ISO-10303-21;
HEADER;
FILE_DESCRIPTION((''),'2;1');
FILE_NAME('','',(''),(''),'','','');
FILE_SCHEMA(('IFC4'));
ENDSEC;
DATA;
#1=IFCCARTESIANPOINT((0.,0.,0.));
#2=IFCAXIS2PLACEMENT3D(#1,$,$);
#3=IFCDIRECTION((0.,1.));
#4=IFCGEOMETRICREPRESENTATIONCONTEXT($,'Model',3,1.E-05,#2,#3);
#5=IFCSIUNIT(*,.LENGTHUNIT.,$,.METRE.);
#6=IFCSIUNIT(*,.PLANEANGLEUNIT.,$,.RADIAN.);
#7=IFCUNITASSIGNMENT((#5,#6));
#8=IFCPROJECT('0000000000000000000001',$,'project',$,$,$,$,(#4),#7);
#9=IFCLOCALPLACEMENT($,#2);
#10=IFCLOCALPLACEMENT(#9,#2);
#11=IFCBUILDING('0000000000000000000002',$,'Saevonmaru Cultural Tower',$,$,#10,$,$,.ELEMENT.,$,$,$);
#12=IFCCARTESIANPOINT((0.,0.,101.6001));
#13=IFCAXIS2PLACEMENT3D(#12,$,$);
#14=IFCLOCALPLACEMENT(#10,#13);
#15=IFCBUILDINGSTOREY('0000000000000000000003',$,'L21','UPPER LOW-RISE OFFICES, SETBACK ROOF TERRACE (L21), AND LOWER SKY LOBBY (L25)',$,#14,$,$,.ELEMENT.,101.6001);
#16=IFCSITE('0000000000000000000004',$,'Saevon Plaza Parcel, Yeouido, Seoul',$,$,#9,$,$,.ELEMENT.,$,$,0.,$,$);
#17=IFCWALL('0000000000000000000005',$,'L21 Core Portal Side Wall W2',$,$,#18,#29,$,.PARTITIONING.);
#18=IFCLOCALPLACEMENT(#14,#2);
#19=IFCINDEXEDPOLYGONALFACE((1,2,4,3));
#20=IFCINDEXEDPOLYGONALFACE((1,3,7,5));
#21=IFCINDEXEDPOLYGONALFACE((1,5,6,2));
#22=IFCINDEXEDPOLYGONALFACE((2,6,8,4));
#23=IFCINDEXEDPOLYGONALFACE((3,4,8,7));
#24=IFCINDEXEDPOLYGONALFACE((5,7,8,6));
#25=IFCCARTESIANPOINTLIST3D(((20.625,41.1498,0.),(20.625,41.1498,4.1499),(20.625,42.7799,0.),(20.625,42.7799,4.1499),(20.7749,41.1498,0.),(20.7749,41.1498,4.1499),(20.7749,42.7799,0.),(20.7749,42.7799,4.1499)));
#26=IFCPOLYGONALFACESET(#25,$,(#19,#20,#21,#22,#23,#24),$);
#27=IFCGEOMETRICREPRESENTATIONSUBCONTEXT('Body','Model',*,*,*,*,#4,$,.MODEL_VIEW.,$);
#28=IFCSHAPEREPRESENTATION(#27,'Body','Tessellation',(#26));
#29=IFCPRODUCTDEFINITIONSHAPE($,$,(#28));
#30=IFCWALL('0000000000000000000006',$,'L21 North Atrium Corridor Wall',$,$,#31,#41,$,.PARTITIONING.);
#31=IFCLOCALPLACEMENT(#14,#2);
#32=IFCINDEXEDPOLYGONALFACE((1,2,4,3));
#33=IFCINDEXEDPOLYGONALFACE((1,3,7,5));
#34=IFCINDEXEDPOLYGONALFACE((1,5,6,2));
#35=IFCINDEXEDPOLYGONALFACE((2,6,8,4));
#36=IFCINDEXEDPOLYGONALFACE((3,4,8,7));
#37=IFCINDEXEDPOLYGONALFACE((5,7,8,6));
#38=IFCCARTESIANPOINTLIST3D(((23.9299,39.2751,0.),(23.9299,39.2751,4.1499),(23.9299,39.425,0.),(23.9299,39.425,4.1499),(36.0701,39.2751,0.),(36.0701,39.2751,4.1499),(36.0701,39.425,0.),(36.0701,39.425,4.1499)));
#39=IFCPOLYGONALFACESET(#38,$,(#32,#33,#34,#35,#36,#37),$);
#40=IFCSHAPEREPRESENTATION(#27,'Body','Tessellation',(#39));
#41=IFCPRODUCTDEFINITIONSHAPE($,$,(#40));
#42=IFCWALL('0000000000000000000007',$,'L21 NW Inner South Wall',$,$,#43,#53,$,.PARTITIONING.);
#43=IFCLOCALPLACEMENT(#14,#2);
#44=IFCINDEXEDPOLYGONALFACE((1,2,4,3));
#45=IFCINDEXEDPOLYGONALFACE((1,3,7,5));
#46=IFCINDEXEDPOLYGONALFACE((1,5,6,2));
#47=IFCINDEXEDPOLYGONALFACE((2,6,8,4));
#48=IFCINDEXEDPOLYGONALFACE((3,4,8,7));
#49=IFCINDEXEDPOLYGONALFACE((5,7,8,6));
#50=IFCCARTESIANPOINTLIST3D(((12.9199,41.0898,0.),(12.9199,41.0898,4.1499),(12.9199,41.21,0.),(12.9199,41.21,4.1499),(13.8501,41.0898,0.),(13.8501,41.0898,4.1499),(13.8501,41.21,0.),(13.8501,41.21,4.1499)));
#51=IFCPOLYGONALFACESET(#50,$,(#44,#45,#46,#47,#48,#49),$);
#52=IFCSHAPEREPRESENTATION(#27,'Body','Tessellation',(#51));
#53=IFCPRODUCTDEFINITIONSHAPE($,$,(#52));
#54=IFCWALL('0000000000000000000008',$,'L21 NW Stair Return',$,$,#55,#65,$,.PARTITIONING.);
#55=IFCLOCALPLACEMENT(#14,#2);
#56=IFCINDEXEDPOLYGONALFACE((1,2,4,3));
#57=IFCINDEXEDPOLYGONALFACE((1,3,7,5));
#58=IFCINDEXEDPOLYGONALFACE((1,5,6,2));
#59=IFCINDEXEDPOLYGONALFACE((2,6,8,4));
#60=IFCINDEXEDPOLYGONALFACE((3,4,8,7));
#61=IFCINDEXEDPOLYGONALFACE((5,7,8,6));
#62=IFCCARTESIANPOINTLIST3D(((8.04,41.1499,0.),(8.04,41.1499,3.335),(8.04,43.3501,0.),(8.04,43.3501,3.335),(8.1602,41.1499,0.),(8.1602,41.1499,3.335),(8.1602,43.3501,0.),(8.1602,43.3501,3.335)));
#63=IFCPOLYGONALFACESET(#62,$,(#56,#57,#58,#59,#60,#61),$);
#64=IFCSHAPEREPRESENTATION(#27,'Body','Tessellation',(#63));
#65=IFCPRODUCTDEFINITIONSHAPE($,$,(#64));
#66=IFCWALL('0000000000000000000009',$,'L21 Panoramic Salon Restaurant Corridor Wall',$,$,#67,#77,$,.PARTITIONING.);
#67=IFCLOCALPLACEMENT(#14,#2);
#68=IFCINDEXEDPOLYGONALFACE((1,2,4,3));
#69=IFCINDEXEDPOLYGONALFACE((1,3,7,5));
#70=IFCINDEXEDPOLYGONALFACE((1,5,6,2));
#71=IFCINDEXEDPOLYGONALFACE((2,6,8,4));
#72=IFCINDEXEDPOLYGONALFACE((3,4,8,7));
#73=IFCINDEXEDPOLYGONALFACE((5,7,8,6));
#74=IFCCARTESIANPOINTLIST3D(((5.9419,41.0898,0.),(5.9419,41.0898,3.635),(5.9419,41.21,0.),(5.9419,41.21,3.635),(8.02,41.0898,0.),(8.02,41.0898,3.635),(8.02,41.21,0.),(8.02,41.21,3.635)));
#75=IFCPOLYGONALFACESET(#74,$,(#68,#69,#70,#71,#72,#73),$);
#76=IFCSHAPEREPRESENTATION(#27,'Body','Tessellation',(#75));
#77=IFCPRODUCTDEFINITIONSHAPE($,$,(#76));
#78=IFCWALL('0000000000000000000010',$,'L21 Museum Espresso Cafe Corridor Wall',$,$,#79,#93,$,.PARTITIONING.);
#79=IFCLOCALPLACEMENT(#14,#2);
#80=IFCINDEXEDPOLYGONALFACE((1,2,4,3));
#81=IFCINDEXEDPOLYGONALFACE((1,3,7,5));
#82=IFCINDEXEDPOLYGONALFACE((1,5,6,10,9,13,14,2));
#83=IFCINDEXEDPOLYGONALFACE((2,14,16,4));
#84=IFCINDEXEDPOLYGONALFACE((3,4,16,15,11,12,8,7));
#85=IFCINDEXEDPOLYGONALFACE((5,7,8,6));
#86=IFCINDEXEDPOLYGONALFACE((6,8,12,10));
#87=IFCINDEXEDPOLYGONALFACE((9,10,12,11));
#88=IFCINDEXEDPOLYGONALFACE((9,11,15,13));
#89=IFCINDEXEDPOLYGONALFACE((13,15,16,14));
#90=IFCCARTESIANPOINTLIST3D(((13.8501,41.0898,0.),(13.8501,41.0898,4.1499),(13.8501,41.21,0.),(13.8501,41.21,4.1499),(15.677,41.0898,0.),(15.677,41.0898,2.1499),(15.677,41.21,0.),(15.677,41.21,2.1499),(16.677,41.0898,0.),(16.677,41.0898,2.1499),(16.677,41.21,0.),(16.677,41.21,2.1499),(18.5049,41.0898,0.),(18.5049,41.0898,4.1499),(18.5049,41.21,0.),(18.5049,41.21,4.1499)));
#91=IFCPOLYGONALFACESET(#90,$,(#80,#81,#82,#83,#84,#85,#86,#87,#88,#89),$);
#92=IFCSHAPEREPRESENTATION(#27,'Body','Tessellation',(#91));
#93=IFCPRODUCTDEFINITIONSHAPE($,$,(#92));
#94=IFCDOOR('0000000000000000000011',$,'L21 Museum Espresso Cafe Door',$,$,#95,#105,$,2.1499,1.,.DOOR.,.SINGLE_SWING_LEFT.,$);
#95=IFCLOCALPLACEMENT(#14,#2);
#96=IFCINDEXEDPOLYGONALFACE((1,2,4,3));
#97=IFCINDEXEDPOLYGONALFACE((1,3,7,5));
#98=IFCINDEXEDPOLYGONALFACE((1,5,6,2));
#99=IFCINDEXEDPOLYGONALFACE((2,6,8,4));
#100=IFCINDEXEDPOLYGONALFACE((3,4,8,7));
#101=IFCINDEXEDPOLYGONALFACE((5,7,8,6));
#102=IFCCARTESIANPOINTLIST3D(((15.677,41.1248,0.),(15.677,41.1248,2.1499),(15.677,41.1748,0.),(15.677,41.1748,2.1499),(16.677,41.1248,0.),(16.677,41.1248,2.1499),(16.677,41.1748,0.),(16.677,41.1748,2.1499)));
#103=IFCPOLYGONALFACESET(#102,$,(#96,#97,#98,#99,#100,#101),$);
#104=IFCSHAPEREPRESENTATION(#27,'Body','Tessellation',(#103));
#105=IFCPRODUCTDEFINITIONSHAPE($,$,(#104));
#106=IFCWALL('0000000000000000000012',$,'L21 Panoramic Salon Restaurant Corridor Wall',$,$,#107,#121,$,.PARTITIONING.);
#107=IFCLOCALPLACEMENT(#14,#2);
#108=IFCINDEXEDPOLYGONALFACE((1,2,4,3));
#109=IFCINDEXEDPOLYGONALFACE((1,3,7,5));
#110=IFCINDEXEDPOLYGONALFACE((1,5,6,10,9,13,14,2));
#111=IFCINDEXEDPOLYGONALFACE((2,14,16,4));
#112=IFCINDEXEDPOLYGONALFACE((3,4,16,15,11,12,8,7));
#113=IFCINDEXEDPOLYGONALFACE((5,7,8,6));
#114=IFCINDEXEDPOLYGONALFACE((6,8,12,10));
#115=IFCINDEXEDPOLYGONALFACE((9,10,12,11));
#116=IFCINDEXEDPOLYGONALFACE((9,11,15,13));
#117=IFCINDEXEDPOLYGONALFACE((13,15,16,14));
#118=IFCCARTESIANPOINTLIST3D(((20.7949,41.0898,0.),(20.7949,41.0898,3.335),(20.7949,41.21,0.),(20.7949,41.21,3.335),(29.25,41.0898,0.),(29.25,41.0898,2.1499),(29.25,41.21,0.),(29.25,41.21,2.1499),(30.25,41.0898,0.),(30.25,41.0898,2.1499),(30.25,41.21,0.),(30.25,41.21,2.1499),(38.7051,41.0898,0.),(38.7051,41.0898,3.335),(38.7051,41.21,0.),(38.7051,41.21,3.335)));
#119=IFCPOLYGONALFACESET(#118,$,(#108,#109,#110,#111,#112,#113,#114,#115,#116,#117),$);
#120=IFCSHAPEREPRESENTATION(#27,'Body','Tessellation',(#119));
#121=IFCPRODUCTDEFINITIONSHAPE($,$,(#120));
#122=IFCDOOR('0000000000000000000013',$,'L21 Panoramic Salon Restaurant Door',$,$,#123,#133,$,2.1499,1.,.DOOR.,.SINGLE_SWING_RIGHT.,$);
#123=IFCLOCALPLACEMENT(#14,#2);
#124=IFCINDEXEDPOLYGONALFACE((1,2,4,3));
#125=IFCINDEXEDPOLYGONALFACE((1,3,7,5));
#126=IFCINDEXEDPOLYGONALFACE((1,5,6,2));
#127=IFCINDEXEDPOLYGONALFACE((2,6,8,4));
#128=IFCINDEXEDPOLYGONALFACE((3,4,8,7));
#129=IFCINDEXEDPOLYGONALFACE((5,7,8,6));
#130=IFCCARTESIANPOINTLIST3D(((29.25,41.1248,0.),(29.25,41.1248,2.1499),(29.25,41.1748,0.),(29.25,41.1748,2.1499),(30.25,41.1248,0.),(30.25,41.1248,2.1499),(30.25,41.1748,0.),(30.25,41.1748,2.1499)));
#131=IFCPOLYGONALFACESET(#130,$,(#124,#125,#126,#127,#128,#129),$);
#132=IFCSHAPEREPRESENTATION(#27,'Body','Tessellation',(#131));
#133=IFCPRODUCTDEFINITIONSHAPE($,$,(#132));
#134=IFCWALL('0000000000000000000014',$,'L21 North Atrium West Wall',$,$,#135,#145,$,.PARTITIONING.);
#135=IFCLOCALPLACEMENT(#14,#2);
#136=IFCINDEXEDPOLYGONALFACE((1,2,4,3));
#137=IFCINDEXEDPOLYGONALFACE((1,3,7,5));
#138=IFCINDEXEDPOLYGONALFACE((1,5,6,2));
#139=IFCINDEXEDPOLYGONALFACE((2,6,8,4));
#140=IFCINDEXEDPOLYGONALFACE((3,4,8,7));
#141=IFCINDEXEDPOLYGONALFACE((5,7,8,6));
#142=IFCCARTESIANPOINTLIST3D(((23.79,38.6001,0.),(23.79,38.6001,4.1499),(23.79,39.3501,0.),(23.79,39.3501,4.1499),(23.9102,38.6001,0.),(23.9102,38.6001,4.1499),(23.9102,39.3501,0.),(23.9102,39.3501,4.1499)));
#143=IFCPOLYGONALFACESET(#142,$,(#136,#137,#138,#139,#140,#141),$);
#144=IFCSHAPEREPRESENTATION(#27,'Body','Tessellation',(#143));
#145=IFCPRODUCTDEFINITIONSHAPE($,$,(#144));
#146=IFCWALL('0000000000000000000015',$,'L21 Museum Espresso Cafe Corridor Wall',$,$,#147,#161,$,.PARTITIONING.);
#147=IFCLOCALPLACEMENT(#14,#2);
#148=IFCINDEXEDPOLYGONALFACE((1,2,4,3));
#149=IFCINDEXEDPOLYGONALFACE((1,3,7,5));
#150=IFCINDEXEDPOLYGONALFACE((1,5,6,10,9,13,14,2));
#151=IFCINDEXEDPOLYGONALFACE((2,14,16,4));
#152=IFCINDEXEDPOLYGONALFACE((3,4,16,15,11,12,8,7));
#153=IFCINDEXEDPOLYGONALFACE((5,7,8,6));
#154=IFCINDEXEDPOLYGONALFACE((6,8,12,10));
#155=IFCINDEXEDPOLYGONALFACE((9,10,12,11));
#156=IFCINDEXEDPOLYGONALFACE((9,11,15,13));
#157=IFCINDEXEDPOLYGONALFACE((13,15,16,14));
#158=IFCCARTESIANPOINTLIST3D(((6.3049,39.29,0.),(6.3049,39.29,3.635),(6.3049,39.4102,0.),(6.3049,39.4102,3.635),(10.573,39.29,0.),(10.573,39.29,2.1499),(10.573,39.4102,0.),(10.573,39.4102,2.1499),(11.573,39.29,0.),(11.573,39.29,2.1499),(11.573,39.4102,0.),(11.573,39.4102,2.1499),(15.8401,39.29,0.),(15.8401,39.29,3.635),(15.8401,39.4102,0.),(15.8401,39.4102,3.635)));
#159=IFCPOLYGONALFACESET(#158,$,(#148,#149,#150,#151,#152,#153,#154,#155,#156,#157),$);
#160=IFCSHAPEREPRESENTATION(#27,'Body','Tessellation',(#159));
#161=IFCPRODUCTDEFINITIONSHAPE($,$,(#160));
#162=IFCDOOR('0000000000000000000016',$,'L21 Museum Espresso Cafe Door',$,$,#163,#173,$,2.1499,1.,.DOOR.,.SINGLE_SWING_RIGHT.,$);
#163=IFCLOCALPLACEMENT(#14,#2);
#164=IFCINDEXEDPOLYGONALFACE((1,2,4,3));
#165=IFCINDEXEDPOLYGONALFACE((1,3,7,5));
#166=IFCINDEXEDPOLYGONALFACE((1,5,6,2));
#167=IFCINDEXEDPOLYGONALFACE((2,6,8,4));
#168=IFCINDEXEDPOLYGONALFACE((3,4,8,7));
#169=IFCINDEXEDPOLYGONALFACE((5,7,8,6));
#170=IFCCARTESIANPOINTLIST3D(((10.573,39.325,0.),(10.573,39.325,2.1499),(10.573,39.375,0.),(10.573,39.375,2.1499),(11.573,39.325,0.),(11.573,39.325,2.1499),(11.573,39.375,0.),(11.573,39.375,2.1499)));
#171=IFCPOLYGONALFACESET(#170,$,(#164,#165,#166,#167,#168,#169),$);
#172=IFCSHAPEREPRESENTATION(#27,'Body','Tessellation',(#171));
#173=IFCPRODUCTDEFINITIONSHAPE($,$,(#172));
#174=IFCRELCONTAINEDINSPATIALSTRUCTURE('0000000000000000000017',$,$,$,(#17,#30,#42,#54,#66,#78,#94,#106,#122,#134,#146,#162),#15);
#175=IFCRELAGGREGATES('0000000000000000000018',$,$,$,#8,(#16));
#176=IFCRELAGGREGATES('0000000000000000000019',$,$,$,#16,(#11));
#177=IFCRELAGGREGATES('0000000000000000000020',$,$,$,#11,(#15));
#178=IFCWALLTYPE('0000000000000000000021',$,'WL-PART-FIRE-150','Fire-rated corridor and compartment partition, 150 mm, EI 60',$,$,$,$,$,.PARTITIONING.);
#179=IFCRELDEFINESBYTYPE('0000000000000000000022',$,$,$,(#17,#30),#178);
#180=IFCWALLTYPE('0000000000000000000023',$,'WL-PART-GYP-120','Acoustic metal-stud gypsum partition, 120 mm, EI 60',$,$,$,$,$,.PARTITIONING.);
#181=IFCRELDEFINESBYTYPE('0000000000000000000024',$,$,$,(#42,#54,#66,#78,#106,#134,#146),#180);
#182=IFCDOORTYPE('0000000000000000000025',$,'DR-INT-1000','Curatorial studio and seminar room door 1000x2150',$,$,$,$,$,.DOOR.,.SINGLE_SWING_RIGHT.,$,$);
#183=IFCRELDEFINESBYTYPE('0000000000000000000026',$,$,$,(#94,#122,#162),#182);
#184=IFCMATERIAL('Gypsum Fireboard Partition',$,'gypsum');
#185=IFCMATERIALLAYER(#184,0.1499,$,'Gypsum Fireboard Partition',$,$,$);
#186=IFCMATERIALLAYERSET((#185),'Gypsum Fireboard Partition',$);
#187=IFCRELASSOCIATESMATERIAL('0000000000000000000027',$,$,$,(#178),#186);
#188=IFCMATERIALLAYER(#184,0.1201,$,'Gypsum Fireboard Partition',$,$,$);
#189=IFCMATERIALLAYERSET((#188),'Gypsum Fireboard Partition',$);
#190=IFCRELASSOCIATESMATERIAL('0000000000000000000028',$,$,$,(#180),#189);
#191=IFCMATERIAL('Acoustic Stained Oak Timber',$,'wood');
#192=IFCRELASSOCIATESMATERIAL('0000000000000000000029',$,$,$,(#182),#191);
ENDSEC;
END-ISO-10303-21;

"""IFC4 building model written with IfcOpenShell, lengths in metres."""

from ifc_helpers import new_model, si_unit, direction, frame, frame_2d, origin, place, context, subcontext, project, spatial, rectangle, extrude, material, layer, layer_set, type_object, element, fill, save


model = new_model("IFC4")

# Units and contexts
model_context = context("Model", 3, precision=1e-05, world=origin(), true_north=direction((0.0, 1.0)))
body_context = subcontext(model_context, "Body", "Model", "MODEL_VIEW")
ifc_project = project(units=[si_unit("LENGTHUNIT", "METRE"), si_unit("PLANEANGLEUNIT", "RADIAN")], contexts=[model_context])

# Site, building, storey
site_placement = place(None, origin())
site = spatial("IfcSite", under=ifc_project, at=site_placement, Name="Saevon Plaza Parcel, Yeouido, Seoul", CompositionType="ELEMENT", RefElevation=0.0)
building_placement = place(site_placement, origin())
building = spatial("IfcBuilding", under=site, at=building_placement, Name="Saevonmaru Cultural Tower", CompositionType="ELEMENT")
storey_placement = place(building_placement, frame((0.0, 0.0, 101.6001)))
storey = spatial("IfcBuildingStorey", under=building, at=storey_placement, Name="L21", Description="UPPER LOW-RISE OFFICES, SETBACK ROOF TERRACE (L21), AND LOWER SKY LOBBY (L25)", CompositionType="ELEMENT", Elevation=101.6001)

# Walls
ifc_material_1 = material(Name="Gypsum Fireboard Partition", Category="gypsum")
ifc_layer_1 = layer(ifc_material_1, 0.1499, Name="Gypsum Fireboard Partition")
ifc_layer_set_1 = layer_set([ifc_layer_1], Name="Gypsum Fireboard Partition")
wall_type_1 = type_object("IfcWallType", Name="WL-PART-FIRE-150", Description="Fire-rated corridor and compartment partition, 150 mm, EI 60", PredefinedType="PARTITIONING", material=ifc_layer_set_1)
for number, where, z_axis, x_axis, name in (
    (1, (20.7, 41.1499, 0.0), (0.0, 0.0, 1.0), (0.0, 1.0, 0.0), "L21 Core Portal Side Wall W2"),
):
    element("IfcWall", number, at=place(storey_placement, frame(where, z_axis=z_axis, x_axis=x_axis)), inside=storey, type_object=wall_type_1, Name=name, PredefinedType="PARTITIONING", context=body_context, shape_type="SweptSolid", body=[
        extrude(rectangle(XDim=1.6301, YDim=0.1499, at=frame_2d((0.8149, 0.0))), origin(), (0.0, 0.0, 1.0), 4.1499),
    ])
wall_1_placement = place(storey_placement, frame((23.9299, 39.3501, 0.0), z_axis=(0.0, 0.0, 1.0), x_axis=(1.0, 0.0, 0.0)))
element("IfcWall", 2, at=wall_1_placement, inside=storey, type_object=wall_type_1, Name="L21 North Atrium Corridor Wall", PredefinedType="PARTITIONING", context=body_context, shape_type="SweptSolid", body=[
    extrude(rectangle(XDim=12.1401, YDim=0.1499, at=frame_2d((6.0701, 0.0))), origin(), (0.0, 0.0, 1.0), 4.1499),
])
ifc_layer_2 = layer(ifc_material_1, 0.1201, Name="Gypsum Fireboard Partition")
ifc_layer_set_2 = layer_set([ifc_layer_2], Name="Gypsum Fireboard Partition")
wall_type_2 = type_object("IfcWallType", Name="WL-PART-GYP-120", Description="Acoustic metal-stud gypsum partition, 120 mm, EI 60", PredefinedType="PARTITIONING", material=ifc_layer_set_2)
wall_2_placement = place(storey_placement, frame((12.9199, 41.1499, 0.0), z_axis=(0.0, 0.0, 1.0), x_axis=(1.0, 0.0, 0.0)))
element("IfcWall", 3, at=wall_2_placement, inside=storey, type_object=wall_type_2, Name="L21 NW Inner South Wall", PredefinedType="PARTITIONING", context=body_context, shape_type="SweptSolid", body=[
    extrude(rectangle(XDim=0.9302, YDim=0.1201, at=frame_2d((0.4651, 0.0))), origin(), (0.0, 0.0, 1.0), 4.1499),
])
wall_3_placement = place(storey_placement, frame((8.1001, 41.1499, 0.0), z_axis=(0.0, 0.0, 1.0), x_axis=(0.0, 1.0, 0.0)))
element("IfcWall", 4, at=wall_3_placement, inside=storey, type_object=wall_type_2, Name="L21 NW Stair Return", PredefinedType="PARTITIONING", context=body_context, shape_type="SweptSolid", body=[
    extrude(rectangle(XDim=2.2002, YDim=0.1201, at=frame_2d((1.1001, 0.0))), origin(), (0.0, 0.0, 1.0), 3.335),
])
wall_4_placement = place(storey_placement, frame((5.9419, 41.1499, 0.0), z_axis=(0.0, 0.0, 1.0), x_axis=(1.0, 0.0, 0.0)))
element("IfcWall", 5, at=wall_4_placement, inside=storey, type_object=wall_type_2, Name="L21 Panoramic Salon Restaurant Corridor Wall", PredefinedType="PARTITIONING", context=body_context, shape_type="SweptSolid", body=[
    extrude(rectangle(XDim=2.0781, YDim=0.1201, at=frame_2d((1.0391, 0.0))), origin(), (0.0, 0.0, 1.0), 3.635),
])

# Walls, openings, doors
wall_5_placement = place(storey_placement, frame((13.8501, 41.1499, 0.0), z_axis=(0.0, 0.0, 1.0), x_axis=(1.0, 0.0, 0.0)))
wall_5 = element("IfcWall", 6, at=wall_5_placement, inside=storey, type_object=wall_type_2, Name="L21 Museum Espresso Cafe Corridor Wall", PredefinedType="PARTITIONING", context=body_context, shape_type="SweptSolid", body=[
    extrude(rectangle(XDim=4.6548, YDim=0.1201, at=frame_2d((2.3274, 0.0))), origin(), (0.0, 0.0, 1.0), 4.1499),
])
opening_1_placement = place(wall_5_placement, frame((1.8269, 0.0, 0.0)))
opening_1 = element("IfcOpeningElement", 7, at=opening_1_placement, cuts=wall_5, PredefinedType="OPENING", context=body_context, shape_type="SweptSolid", body=[
    extrude(rectangle(XDim=1.0, YDim=2.1499, at=frame_2d((0.5, 1.075))), frame((0.0, 0.0701, 0.0), z_axis=(0.0, -1.0, 0.0), x_axis=(1.0, 0.0, 0.0)), (0.0, 0.0, 1.0), 0.1401),
])
ifc_material_2 = material(Name="Acoustic Stained Oak Timber", Category="wood")
door_type = type_object("IfcDoorType", Name="DR-INT-1000", Description="Curatorial studio and seminar room door 1000x2150", OperationType="SINGLE_SWING_RIGHT", PredefinedType="DOOR", material=ifc_material_2)
door_1_placement = place(opening_1_placement, origin())
door_1 = element("IfcDoor", 8, at=door_1_placement, inside=storey, type_object=door_type, Name="L21 Museum Espresso Cafe Door", OperationType="SINGLE_SWING_LEFT", OverallHeight=2.1499, OverallWidth=1.0, PredefinedType="DOOR", context=body_context, shape_type="SweptSolid", body=[
    extrude(rectangle(XDim=1.0, YDim=2.1499, at=frame_2d((0.5, 1.075))), frame((0.0, 0.0249, 0.0), z_axis=(0.0, -1.0, 0.0), x_axis=(1.0, 0.0, 0.0)), (0.0, 0.0, 1.0), 0.05),
])
fill(opening_1, door_1)
wall_6_placement = place(storey_placement, frame((20.7949, 41.1499, 0.0), z_axis=(0.0, 0.0, 1.0), x_axis=(1.0, 0.0, 0.0)))
wall_6 = element("IfcWall", 9, at=wall_6_placement, inside=storey, type_object=wall_type_2, Name="L21 Panoramic Salon Restaurant Corridor Wall", PredefinedType="PARTITIONING", context=body_context, shape_type="SweptSolid", body=[
    extrude(rectangle(XDim=17.9102, YDim=0.1201, at=frame_2d((8.9551, 0.0))), origin(), (0.0, 0.0, 1.0), 3.335),
])
opening_2_placement = place(wall_6_placement, frame((8.4551, 0.0, 0.0)))
opening_2 = element("IfcOpeningElement", 10, at=opening_2_placement, cuts=wall_6, PredefinedType="OPENING", context=body_context, shape_type="SweptSolid", body=[
    extrude(rectangle(XDim=1.0, YDim=2.1499, at=frame_2d((0.5, 1.075))), frame((0.0, 0.0701, 0.0), z_axis=(0.0, -1.0, 0.0), x_axis=(1.0, 0.0, 0.0)), (0.0, 0.0, 1.0), 0.1401),
])
door_2_placement = place(opening_2_placement, origin())
door_2 = element("IfcDoor", 11, at=door_2_placement, inside=storey, type_object=door_type, Name="L21 Panoramic Salon Restaurant Door", OperationType="SINGLE_SWING_RIGHT", OverallHeight=2.1499, OverallWidth=1.0, PredefinedType="DOOR", context=body_context, shape_type="SweptSolid", body=[
    extrude(rectangle(XDim=1.0, YDim=2.1499, at=frame_2d((0.5, 1.075))), frame((0.0, 0.0249, 0.0), z_axis=(0.0, -1.0, 0.0), x_axis=(1.0, 0.0, 0.0)), (0.0, 0.0, 1.0), 0.05),
])
fill(opening_2, door_2)

# Wall
wall_7_placement = place(storey_placement, frame((23.8501, 38.6001, 0.0), z_axis=(0.0, 0.0, 1.0), x_axis=(0.0, 1.0, 0.0)))
element("IfcWall", 12, at=wall_7_placement, inside=storey, type_object=wall_type_2, Name="L21 North Atrium West Wall", PredefinedType="PARTITIONING", context=body_context, shape_type="SweptSolid", body=[
    extrude(rectangle(XDim=0.75, YDim=0.1201, at=frame_2d((0.375, 0.0))), origin(), (0.0, 0.0, 1.0), 4.1499),
])

# Wall, opening, door
wall_8_placement = place(storey_placement, frame((6.3049, 39.3501, 0.0), z_axis=(0.0, 0.0, 1.0), x_axis=(1.0, 0.0, 0.0)))
wall_8 = element("IfcWall", 13, at=wall_8_placement, inside=storey, type_object=wall_type_2, Name="L21 Museum Espresso Cafe Corridor Wall", PredefinedType="PARTITIONING", context=body_context, shape_type="SweptSolid", body=[
    extrude(rectangle(XDim=9.5352, YDim=0.1201, at=frame_2d((4.7676, 0.0))), origin(), (0.0, 0.0, 1.0), 3.635),
])
opening_3_placement = place(wall_8_placement, frame((4.2681, 0.0, 0.0)))
opening_3 = element("IfcOpeningElement", 14, at=opening_3_placement, cuts=wall_8, PredefinedType="OPENING", context=body_context, shape_type="SweptSolid", body=[
    extrude(rectangle(XDim=1.0, YDim=2.1499, at=frame_2d((0.5, 1.075))), frame((0.0, 0.0701, 0.0), z_axis=(0.0, -1.0, 0.0), x_axis=(1.0, 0.0, 0.0)), (0.0, 0.0, 1.0), 0.1401),
])
door_3_placement = place(opening_3_placement, origin())
door_3 = element("IfcDoor", 15, at=door_3_placement, inside=storey, type_object=door_type, Name="L21 Museum Espresso Cafe Door", OperationType="SINGLE_SWING_RIGHT", OverallHeight=2.1499, OverallWidth=1.0, PredefinedType="DOOR", context=body_context, shape_type="SweptSolid", body=[
    extrude(rectangle(XDim=1.0, YDim=2.1499, at=frame_2d((0.5, 1.075))), frame((0.0, 0.0249, 0.0), z_axis=(0.0, -1.0, 0.0), x_axis=(1.0, 0.0, 0.0)), (0.0, 0.0, 1.0), 0.05),
])
fill(opening_3, door_3)

save(model, "model.ifc")
